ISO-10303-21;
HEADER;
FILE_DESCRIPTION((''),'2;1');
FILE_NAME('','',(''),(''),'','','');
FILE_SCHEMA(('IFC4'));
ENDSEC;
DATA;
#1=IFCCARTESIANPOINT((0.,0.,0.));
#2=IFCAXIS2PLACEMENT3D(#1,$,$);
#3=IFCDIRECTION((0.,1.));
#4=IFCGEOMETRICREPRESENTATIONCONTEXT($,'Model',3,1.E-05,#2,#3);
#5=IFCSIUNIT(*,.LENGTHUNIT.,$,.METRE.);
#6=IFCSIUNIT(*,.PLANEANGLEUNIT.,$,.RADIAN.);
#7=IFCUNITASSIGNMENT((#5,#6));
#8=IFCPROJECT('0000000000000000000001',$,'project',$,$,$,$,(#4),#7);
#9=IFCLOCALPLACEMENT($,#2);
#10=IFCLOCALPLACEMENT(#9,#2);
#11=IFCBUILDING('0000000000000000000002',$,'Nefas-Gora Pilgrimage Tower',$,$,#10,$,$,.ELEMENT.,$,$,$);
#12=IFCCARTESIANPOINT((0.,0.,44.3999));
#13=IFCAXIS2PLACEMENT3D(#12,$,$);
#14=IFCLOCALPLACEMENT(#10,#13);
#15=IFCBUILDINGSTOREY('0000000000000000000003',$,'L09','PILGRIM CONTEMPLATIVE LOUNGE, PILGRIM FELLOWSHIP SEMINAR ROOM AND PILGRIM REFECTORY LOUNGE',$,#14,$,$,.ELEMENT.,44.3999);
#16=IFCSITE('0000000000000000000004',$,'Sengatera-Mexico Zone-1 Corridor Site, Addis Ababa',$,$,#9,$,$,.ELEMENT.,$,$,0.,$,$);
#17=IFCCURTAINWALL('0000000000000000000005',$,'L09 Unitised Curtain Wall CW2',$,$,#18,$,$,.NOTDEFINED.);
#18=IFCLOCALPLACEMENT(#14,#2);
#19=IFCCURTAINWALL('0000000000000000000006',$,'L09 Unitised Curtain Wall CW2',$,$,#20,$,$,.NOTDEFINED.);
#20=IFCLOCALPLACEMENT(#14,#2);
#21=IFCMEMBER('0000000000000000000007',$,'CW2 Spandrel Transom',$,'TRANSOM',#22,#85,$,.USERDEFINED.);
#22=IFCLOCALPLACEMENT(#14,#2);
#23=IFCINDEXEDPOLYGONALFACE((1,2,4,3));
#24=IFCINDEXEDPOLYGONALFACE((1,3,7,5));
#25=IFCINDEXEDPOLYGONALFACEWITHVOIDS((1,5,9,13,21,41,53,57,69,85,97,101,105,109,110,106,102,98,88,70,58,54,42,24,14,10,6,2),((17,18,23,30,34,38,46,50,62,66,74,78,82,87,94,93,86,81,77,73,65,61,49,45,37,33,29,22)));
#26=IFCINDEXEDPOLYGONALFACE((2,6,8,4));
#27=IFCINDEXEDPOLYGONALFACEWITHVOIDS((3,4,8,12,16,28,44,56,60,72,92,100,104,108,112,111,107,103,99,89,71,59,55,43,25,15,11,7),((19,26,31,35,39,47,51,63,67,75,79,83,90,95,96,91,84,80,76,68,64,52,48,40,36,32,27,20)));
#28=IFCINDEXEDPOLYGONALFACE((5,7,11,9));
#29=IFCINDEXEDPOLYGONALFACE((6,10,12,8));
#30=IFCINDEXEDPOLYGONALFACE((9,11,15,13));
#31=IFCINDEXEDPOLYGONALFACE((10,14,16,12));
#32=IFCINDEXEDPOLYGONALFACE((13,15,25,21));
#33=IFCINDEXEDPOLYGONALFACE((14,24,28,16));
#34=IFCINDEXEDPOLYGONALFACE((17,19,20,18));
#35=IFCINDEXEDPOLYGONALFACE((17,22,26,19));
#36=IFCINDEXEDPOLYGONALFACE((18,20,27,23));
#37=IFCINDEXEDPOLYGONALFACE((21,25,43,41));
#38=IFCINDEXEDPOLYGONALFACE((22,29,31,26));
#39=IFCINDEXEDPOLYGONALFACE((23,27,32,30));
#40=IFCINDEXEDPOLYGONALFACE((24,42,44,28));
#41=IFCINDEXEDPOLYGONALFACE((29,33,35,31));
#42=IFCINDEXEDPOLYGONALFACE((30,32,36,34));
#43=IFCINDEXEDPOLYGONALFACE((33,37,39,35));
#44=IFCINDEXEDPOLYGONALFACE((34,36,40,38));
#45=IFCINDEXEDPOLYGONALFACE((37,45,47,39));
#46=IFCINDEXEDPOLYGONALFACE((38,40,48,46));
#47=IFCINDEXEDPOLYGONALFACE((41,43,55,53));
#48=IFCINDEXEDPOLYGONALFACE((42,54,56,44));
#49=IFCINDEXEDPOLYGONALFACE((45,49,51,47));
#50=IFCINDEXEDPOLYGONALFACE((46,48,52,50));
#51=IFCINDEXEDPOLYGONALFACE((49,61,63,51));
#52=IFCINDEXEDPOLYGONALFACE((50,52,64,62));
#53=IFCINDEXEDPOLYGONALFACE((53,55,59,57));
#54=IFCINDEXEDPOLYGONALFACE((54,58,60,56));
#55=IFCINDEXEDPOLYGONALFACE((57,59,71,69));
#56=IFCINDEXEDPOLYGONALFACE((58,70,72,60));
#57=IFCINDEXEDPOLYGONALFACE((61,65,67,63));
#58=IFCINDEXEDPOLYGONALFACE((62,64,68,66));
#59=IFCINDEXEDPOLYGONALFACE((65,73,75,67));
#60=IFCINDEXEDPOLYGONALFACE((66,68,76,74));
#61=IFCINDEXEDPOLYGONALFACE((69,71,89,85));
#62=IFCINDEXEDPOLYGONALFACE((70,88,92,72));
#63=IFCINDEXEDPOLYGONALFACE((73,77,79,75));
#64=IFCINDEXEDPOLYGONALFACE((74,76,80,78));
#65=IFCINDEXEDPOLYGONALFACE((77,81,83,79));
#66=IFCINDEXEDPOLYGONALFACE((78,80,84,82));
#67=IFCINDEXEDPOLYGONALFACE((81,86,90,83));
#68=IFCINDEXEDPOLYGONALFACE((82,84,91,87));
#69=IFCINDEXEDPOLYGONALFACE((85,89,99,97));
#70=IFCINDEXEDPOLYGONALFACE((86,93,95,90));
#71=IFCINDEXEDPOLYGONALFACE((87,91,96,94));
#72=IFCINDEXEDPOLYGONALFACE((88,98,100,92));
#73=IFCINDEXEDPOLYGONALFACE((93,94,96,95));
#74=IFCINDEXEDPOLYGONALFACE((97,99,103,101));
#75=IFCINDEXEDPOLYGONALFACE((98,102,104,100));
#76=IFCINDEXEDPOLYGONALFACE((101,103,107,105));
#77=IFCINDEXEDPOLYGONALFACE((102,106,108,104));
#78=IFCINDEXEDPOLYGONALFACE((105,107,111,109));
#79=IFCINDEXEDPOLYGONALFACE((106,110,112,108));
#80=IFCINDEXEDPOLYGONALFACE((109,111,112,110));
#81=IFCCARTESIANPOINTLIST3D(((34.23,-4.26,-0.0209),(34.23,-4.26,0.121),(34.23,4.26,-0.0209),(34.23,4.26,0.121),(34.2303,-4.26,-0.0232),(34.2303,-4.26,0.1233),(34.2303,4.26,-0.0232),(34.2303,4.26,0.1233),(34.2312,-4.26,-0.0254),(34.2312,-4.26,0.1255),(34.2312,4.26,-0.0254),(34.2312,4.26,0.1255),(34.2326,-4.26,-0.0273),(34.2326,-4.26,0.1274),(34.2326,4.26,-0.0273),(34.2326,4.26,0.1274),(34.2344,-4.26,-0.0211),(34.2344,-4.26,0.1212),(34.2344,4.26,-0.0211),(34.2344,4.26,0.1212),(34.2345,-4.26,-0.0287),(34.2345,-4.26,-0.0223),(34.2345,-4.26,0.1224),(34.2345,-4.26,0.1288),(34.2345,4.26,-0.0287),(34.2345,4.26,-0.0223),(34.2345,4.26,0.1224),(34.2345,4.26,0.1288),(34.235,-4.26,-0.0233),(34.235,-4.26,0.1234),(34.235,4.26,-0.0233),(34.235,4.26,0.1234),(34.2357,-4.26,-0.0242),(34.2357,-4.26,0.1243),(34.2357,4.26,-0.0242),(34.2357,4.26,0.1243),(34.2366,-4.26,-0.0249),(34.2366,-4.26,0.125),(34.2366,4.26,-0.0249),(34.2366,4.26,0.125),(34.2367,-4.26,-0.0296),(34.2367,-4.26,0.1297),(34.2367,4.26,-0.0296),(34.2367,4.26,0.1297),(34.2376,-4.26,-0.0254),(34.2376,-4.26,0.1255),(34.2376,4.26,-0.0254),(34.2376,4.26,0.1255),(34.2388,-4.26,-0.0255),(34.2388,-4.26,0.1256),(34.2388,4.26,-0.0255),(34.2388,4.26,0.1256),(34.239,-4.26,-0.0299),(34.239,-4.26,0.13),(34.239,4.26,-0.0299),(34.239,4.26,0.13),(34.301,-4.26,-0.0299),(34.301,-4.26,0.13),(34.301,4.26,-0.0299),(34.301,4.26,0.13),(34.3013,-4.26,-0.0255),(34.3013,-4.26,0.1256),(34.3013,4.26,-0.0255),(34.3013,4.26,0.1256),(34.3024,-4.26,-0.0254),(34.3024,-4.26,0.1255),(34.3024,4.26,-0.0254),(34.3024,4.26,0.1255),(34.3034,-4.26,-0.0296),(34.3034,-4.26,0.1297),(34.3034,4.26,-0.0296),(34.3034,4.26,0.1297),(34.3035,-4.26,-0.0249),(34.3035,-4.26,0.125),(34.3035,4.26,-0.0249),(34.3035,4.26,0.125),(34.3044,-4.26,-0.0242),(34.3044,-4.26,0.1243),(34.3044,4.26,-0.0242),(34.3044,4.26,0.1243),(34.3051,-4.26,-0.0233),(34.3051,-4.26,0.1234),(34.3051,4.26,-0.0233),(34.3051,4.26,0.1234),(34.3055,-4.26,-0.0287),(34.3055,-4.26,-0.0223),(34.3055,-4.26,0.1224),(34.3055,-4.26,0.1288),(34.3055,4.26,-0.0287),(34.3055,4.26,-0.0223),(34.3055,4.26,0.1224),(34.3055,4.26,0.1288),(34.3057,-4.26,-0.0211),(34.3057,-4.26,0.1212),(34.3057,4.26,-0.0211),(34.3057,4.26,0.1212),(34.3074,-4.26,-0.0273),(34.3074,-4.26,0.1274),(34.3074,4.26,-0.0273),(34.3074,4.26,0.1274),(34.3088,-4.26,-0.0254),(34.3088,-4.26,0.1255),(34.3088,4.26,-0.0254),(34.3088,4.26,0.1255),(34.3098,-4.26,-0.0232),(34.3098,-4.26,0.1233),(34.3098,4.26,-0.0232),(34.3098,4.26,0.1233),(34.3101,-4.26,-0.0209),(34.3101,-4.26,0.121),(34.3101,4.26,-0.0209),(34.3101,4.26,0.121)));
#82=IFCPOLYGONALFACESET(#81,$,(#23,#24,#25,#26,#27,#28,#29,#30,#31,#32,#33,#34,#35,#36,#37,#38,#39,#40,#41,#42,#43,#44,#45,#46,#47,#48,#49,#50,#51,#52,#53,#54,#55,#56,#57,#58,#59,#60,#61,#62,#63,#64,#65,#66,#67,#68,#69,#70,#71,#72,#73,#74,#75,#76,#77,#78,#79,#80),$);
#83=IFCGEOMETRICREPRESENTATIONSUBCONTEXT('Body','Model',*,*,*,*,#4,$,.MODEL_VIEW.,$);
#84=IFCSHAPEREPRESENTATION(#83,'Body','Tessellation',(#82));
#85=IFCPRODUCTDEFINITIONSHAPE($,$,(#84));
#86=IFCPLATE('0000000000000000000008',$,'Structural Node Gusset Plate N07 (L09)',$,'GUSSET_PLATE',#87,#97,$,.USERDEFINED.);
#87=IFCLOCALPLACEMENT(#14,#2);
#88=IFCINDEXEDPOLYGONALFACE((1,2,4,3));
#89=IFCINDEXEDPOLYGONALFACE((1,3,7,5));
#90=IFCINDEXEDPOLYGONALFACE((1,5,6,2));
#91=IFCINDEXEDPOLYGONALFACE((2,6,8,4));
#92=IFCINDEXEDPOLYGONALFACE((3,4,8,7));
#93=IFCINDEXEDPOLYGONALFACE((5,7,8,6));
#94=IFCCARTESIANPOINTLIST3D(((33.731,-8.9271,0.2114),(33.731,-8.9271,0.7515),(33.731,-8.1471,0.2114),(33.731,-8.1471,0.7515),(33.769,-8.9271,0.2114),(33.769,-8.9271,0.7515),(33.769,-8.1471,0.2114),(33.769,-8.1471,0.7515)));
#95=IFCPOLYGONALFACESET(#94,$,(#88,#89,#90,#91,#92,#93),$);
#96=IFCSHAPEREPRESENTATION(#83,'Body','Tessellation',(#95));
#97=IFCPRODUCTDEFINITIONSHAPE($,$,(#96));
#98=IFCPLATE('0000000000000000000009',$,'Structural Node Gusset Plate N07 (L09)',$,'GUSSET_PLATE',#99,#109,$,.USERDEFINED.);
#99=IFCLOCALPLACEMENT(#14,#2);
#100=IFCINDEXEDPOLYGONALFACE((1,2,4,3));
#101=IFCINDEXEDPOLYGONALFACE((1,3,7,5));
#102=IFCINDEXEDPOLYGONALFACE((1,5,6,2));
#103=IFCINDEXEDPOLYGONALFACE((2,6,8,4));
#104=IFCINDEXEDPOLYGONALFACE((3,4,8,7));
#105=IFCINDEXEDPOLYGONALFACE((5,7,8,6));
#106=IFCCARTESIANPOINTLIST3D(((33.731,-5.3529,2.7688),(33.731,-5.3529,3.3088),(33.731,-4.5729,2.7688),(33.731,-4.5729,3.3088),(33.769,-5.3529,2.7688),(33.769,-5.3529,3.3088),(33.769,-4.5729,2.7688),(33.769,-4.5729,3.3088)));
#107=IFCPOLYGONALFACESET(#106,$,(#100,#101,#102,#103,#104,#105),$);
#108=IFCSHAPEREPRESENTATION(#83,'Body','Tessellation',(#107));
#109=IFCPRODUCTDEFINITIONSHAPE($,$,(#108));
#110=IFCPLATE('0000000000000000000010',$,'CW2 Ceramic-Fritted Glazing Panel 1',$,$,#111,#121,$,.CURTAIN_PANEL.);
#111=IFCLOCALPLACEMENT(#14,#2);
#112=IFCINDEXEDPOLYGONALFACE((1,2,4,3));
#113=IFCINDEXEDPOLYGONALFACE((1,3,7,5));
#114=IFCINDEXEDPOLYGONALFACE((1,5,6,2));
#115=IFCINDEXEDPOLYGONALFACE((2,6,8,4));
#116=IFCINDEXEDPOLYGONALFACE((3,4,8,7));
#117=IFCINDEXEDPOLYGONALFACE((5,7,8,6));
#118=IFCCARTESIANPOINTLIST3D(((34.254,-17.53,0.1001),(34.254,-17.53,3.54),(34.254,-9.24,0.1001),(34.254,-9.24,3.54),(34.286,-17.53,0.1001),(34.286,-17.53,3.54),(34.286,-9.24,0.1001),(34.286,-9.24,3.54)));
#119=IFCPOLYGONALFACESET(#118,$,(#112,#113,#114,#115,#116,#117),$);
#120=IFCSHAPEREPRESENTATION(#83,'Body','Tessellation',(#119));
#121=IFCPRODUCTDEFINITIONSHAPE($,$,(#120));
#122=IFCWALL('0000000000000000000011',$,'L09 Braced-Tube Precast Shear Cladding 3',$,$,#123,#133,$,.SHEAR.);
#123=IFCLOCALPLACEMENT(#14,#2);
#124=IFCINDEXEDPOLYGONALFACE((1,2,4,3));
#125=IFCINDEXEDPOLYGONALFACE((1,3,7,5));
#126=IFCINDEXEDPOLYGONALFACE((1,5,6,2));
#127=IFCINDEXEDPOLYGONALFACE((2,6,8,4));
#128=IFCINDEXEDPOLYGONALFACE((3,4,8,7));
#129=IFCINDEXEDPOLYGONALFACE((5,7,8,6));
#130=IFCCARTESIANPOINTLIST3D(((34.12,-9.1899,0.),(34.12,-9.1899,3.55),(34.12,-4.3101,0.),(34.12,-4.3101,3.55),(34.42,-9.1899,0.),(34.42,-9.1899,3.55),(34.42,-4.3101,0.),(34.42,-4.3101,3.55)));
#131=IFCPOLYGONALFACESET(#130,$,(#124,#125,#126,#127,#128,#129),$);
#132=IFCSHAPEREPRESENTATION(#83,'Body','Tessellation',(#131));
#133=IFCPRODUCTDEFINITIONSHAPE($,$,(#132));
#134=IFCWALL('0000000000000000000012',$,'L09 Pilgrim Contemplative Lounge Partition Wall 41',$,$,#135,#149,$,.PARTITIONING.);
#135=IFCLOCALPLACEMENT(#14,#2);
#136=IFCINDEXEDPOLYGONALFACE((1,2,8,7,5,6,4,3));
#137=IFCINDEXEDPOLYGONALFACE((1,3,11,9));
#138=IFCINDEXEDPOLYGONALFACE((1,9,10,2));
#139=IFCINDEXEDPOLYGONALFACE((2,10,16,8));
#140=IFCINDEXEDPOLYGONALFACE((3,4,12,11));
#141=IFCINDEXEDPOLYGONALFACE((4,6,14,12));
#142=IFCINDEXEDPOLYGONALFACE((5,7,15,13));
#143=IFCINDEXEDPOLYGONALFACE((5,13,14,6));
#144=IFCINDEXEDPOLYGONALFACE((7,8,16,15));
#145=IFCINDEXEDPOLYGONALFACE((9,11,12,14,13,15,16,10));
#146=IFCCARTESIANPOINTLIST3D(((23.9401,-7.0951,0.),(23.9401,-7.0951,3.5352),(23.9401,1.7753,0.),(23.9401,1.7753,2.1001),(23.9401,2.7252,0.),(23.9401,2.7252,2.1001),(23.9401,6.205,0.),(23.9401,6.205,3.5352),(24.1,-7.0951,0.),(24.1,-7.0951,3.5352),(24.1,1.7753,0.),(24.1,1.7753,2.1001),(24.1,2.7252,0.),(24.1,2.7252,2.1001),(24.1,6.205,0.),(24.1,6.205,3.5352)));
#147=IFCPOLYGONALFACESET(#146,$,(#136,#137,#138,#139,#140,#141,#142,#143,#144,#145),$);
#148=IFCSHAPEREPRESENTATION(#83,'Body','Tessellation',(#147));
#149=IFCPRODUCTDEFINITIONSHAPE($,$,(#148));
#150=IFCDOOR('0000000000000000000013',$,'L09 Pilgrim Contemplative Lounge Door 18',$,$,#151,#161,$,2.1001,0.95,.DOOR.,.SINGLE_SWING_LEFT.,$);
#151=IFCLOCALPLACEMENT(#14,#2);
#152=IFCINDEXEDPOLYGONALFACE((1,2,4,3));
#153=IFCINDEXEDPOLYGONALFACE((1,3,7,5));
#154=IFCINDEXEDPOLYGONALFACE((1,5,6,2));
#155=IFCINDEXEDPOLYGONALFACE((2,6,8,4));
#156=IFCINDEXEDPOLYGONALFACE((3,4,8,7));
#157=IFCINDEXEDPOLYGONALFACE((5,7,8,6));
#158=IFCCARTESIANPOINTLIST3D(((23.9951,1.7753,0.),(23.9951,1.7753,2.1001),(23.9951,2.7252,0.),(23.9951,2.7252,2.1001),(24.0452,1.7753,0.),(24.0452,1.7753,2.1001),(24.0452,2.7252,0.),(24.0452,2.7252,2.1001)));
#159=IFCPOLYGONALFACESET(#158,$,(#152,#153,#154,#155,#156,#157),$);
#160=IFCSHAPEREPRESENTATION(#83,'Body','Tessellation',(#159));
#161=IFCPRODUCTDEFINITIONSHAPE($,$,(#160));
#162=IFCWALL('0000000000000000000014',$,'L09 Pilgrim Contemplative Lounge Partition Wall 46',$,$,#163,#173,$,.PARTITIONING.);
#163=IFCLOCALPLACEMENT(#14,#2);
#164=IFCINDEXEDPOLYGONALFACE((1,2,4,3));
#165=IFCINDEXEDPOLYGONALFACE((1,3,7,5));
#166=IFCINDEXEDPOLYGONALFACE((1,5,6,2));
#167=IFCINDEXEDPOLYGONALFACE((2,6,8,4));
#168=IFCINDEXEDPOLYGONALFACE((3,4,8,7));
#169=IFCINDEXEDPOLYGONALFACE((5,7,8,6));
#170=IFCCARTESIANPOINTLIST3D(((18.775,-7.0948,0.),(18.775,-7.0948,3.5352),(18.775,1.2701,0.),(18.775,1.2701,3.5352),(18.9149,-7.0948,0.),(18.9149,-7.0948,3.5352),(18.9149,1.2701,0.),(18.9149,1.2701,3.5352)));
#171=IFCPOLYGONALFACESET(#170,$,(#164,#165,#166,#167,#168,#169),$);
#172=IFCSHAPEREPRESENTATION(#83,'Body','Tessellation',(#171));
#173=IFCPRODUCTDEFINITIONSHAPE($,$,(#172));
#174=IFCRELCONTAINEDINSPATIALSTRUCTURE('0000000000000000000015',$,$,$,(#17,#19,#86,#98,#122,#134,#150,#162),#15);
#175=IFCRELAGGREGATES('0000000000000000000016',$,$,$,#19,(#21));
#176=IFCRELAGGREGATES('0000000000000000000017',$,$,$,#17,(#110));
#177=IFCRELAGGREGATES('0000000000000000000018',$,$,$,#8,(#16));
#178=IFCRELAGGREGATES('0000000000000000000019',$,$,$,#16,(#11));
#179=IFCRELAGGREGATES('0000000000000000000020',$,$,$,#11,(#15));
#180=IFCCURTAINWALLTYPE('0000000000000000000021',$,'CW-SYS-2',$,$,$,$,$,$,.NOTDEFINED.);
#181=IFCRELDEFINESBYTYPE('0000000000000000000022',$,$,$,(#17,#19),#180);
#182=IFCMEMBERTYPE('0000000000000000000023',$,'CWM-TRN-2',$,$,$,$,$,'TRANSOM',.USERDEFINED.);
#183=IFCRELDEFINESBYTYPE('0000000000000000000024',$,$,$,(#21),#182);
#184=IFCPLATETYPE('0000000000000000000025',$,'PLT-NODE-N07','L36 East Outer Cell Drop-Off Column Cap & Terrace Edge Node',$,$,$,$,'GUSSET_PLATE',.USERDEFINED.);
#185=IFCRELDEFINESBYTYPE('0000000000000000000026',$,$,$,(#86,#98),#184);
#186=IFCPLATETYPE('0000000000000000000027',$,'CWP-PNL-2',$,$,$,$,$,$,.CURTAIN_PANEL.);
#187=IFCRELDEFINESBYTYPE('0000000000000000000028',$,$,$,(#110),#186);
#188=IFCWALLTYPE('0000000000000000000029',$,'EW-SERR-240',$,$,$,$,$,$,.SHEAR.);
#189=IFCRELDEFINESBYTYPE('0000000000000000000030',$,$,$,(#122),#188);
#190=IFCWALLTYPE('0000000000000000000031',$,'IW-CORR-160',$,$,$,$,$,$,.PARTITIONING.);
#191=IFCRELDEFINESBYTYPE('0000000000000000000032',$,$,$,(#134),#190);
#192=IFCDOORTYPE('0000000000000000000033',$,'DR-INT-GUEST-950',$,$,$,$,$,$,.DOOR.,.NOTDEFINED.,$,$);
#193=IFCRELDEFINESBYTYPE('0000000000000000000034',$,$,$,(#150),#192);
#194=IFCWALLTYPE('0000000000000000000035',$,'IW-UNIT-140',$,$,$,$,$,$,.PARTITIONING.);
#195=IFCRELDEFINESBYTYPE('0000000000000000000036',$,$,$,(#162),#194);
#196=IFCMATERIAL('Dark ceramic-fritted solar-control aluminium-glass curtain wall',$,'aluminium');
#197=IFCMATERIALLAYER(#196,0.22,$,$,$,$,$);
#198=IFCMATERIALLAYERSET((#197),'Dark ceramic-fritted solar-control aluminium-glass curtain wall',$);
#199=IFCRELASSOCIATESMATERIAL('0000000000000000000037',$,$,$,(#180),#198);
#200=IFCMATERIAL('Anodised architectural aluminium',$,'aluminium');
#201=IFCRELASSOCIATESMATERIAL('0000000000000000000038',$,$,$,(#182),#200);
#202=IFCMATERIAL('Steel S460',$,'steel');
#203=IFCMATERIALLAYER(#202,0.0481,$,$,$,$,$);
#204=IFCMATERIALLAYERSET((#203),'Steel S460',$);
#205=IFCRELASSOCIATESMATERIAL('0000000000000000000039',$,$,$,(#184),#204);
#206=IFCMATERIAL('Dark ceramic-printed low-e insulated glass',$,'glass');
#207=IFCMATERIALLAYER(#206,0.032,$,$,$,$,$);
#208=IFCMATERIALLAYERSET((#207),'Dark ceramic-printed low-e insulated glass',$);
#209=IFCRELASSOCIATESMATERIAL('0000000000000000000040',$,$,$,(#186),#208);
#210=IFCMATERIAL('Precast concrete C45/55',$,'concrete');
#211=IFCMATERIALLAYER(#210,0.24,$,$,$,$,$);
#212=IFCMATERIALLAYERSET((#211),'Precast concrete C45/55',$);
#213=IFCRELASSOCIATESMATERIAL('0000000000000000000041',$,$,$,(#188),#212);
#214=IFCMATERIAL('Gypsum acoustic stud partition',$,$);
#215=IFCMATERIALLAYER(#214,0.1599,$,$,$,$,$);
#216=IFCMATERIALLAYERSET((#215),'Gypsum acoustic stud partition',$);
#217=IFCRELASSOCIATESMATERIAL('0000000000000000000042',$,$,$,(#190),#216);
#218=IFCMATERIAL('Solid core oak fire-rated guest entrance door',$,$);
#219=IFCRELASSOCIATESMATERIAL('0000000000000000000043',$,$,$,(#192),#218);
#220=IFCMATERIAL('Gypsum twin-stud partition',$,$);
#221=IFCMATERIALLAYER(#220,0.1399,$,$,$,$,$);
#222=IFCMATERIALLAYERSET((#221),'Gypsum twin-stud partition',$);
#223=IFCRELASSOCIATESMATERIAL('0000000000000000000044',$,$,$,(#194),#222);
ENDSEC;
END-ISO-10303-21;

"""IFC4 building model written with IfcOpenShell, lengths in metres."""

from ifc_helpers import new_model, si_unit, direction, frame, frame_2d, origin, origin_2d, place, context, subcontext, project, spatial, rectangle, hollow_rectangle, extrude, source, transform, mapped, material, layer, layer_set, material_profile, profile_set, type_object, element, fill, aggregate, save


model = new_model("IFC4")

# Units and contexts
model_context = context("Model", 3, precision=1e-05, world=origin(), true_north=direction((0.0, 1.0)))
body_context = subcontext(model_context, "Body", "Model", "MODEL_VIEW")
ifc_project = project(units=[si_unit("LENGTHUNIT", "METRE"), si_unit("PLANEANGLEUNIT", "RADIAN")], contexts=[model_context])

# Site, building, storey
site_placement = place(None, origin())
site = spatial("IfcSite", under=ifc_project, at=site_placement, Name="Sengatera-Mexico Zone-1 Corridor Site, Addis Ababa", CompositionType="ELEMENT", RefElevation=0.0)
building_placement = place(site_placement, origin())
building = spatial("IfcBuilding", under=site, at=building_placement, Name="Nefas-Gora Pilgrimage Tower", CompositionType="ELEMENT")
storey_placement = place(building_placement, frame((0.0, 0.0, 44.3999)))
storey = spatial("IfcBuildingStorey", under=building, at=storey_placement, Name="L09", Description="PILGRIM CONTEMPLATIVE LOUNGE, PILGRIM FELLOWSHIP SEMINAR ROOM AND PILGRIM REFECTORY LOUNGE", CompositionType="ELEMENT", Elevation=44.3999)

# Shared definitions
ifc_material_1 = material(Name="Steel S460", Category="steel")

# Curtain wall
ifc_material_2 = material(Name="Dark ceramic-fritted solar-control aluminium-glass curtain wall", Category="aluminium")
ifc_layer_1 = layer(ifc_material_2, 0.22)
ifc_layer_set_1 = layer_set([ifc_layer_1], Name="Dark ceramic-fritted solar-control aluminium-glass curtain wall")
curtain_wall_type = type_object("IfcCurtainWallType", Name="CW-SYS-2", PredefinedType="NOTDEFINED", material=ifc_layer_set_1)
curtain_wall_1_placement = place(storey_placement, origin())
curtain_wall_1 = element("IfcCurtainWall", 1, at=curtain_wall_1_placement, inside=storey, type_object=curtain_wall_type, Name="L09 Unitised Curtain Wall CW2", PredefinedType="NOTDEFINED")
ifc_material_3 = material(Name="Anodised architectural aluminium", Category="aluminium")

# Curtain wall, member
curtain_wall_2_placement = place(storey_placement, origin())
curtain_wall_2 = element("IfcCurtainWall", 2, at=curtain_wall_2_placement, inside=storey, type_object=curtain_wall_type, Name="L09 Unitised Curtain Wall CW2", PredefinedType="NOTDEFINED")
ifc_material_profile_1 = material_profile(ifc_material_3, hollow_rectangle(XDim=0.0801, YDim=0.1599, WallThickness=0.0044, InnerFilletRadius=0.0044, OuterFilletRadius=0.009, at=origin_2d()), Name="ALU TRANSOM 80x160")
ifc_profile_set_1 = profile_set([ifc_material_profile_1], Name="Anodised architectural aluminium")
member_type_1 = type_object("IfcMemberType", Name="CWM-TRN-2", ElementType="TRANSOM", PredefinedType="USERDEFINED", material=ifc_profile_set_1)
shared_shape_1 = source(origin(), body_context, "Body", "SweptSolid", [
    extrude(hollow_rectangle(XDim=0.0801, YDim=0.1599, WallThickness=0.0044, InnerFilletRadius=0.0044, OuterFilletRadius=0.009, at=origin_2d()), origin(), (0.0, 0.0, 1.0), 8.52),
])
member_1_placement = place(storey_placement, frame((34.27, -4.26, 0.05), z_axis=(0.0, 1.0, 0.0), x_axis=(-1.0, 0.0, 0.0)))
member_1 = element("IfcMember", 3, at=member_1_placement, type_object=member_type_1, Name="CW2 Spandrel Transom", ObjectType="TRANSOM", PredefinedType="USERDEFINED", context=body_context, shape_type="MappedRepresentation", body=[
    mapped(shared_shape_1, transform((0.0, 0.0, 0.0), x_axis=(1.0, 0.0, 0.0), y_axis=(0.0, 1.0, 0.0), z_axis=(0.0, 0.0, 1.0), scale=1.0)),
])
aggregate(curtain_wall_2, [member_1])

# Plates
ifc_layer_2 = layer(ifc_material_1, 0.0481)
ifc_layer_set_2 = layer_set([ifc_layer_2], Name="Steel S460")
plate_type_1 = type_object("IfcPlateType", Name="PLT-NODE-N07", Description="L36 East Outer Cell Drop-Off Column Cap & Terrace Edge Node", ElementType="GUSSET_PLATE", PredefinedType="USERDEFINED", material=ifc_layer_set_2)
shared_shape_2 = source(origin(), body_context, "Body", "SweptSolid", [
    extrude(rectangle(XDim=0.78, YDim=0.0381, at=origin_2d()), origin(), (0.0, 0.0, 1.0), 0.54),
])
for number, where, z_axis, x_axis, name in (
    (4, (33.75, -8.5371, 0.2114), (0.0, 0.0, 1.0), (0.0, 1.0, 0.0), "Structural Node Gusset Plate N07 (L09)"),
    (5, (33.75, -4.9629, 2.7688), (0.0, 0.0, 1.0), (0.0, 1.0, 0.0), "Structural Node Gusset Plate N07 (L09)"),
):
    element("IfcPlate", number, at=place(storey_placement, frame(where, z_axis=z_axis, x_axis=x_axis)), inside=storey, type_object=plate_type_1, Name=name, ObjectType="GUSSET_PLATE", PredefinedType="USERDEFINED", context=body_context, shape_type="MappedRepresentation", body=[
        mapped(shared_shape_2, transform((0.0, 0.0, 0.0), x_axis=(1.0, 0.0, 0.0), y_axis=(0.0, 1.0, 0.0), z_axis=(0.0, 0.0, 1.0), scale=1.0)),
    ])

# Plate
ifc_material_4 = material(Name="Dark ceramic-printed low-e insulated glass", Category="glass")
ifc_layer_3 = layer(ifc_material_4, 0.032)
ifc_layer_set_3 = layer_set([ifc_layer_3], Name="Dark ceramic-printed low-e insulated glass")
plate_type_2 = type_object("IfcPlateType", Name="CWP-PNL-2", PredefinedType="CURTAIN_PANEL", material=ifc_layer_set_3)
shared_shape_3 = source(origin(), body_context, "Body", "SweptSolid", [
    extrude(rectangle(XDim=8.29, YDim=0.032, at=origin_2d()), origin(), (0.0, 0.0, 1.0), 3.4399),
])
plate_placement = place(storey_placement, frame((34.27, -13.385, 0.1001), z_axis=(0.0, 0.0, 1.0), x_axis=(0.0, 1.0, 0.0)))
plate = element("IfcPlate", 6, at=plate_placement, type_object=plate_type_2, Name="CW2 Ceramic-Fritted Glazing Panel 1", PredefinedType="CURTAIN_PANEL", context=body_context, shape_type="MappedRepresentation", body=[
    mapped(shared_shape_3, transform((0.0, 0.0, 0.0), x_axis=(1.0, 0.0, 0.0), y_axis=(0.0, 1.0, 0.0), z_axis=(0.0, 0.0, 1.0), scale=1.0)),
])
aggregate(curtain_wall_1, [plate])

# Wall
ifc_material_5 = material(Name="Precast concrete C45/55", Category="concrete")
ifc_layer_4 = layer(ifc_material_5, 0.24)
ifc_layer_set_4 = layer_set([ifc_layer_4], Name="Precast concrete C45/55")
wall_type_1 = type_object("IfcWallType", Name="EW-SERR-240", PredefinedType="SHEAR", material=ifc_layer_set_4)
shared_shape_4 = source(origin(), body_context, "Body", "SweptSolid", [
    extrude(rectangle(XDim=4.8799, YDim=0.3, at=frame_2d((2.4399, 0.0))), origin(), (0.0, 0.0, 1.0), 3.55),
])
wall_1_placement = place(storey_placement, frame((34.27, -9.1899, 0.0), z_axis=(0.0, 0.0, 1.0), x_axis=(0.0, 1.0, 0.0)))
element("IfcWall", 7, at=wall_1_placement, inside=storey, type_object=wall_type_1, Name="L09 Braced-Tube Precast Shear Cladding 3", PredefinedType="SHEAR", context=body_context, shape_type="MappedRepresentation", body=[
    mapped(shared_shape_4, transform((0.0, 0.0, 0.0), x_axis=(1.0, 0.0, 0.0), y_axis=(0.0, 1.0, 0.0), z_axis=(0.0, 0.0, 1.0), scale=1.0)),
])

# Wall, opening, door
ifc_material_6 = material(Name="Gypsum acoustic stud partition")
ifc_layer_5 = layer(ifc_material_6, 0.1599)
ifc_layer_set_5 = layer_set([ifc_layer_5], Name="Gypsum acoustic stud partition")
wall_type_2 = type_object("IfcWallType", Name="IW-CORR-160", PredefinedType="PARTITIONING", material=ifc_layer_set_5)
shared_shape_5 = source(origin(), body_context, "Body", "SweptSolid", [
    extrude(rectangle(XDim=13.3, YDim=0.1599, at=frame_2d((6.6499, 0.0))), origin(), (0.0, 0.0, 1.0), 3.5352),
])
wall_2_placement = place(storey_placement, frame((24.02, -7.095, 0.0), z_axis=(0.0, 0.0, 1.0), x_axis=(0.0, 1.0, 0.0)))
wall_2 = element("IfcWall", 8, at=wall_2_placement, inside=storey, type_object=wall_type_2, Name="L09 Pilgrim Contemplative Lounge Partition Wall 41", PredefinedType="PARTITIONING", context=body_context, shape_type="MappedRepresentation", body=[
    mapped(shared_shape_5, transform((0.0, 0.0, 0.0), x_axis=(1.0, 0.0, 0.0), y_axis=(0.0, 1.0, 0.0), z_axis=(0.0, 0.0, 1.0), scale=1.0)),
])
opening_placement = place(wall_2_placement, frame((8.8701, 0.0, 0.0)))
opening = element("IfcOpeningElement", 9, at=opening_placement, cuts=wall_2, PredefinedType="OPENING", context=body_context, shape_type="SweptSolid", body=[
    extrude(rectangle(XDim=0.95, YDim=2.1001, at=frame_2d((0.4751, 1.05))), frame((0.0, 0.0898, 0.0), z_axis=(0.0, -1.0, 0.0), x_axis=(1.0, 0.0, 0.0)), (0.0, 0.0, 1.0), 0.1799),
])
ifc_material_7 = material(Name="Solid core oak fire-rated guest entrance door")
door_type = type_object("IfcDoorType", Name="DR-INT-GUEST-950", OperationType="NOTDEFINED", PredefinedType="DOOR", material=ifc_material_7)
shared_shape_6 = source(origin(), body_context, "Body", "SweptSolid", [
    extrude(rectangle(XDim=0.95, YDim=2.1001, at=frame_2d((0.4751, 1.05))), frame((0.0, 0.0249, 0.0), z_axis=(0.0, -1.0, 0.0), x_axis=(1.0, 0.0, 0.0)), (0.0, 0.0, 1.0), 0.05),
])
door_placement = place(opening_placement, origin())
door = element("IfcDoor", 10, at=door_placement, inside=storey, type_object=door_type, Name="L09 Pilgrim Contemplative Lounge Door 18", OperationType="SINGLE_SWING_LEFT", OverallHeight=2.1001, OverallWidth=0.95, PredefinedType="DOOR", context=body_context, shape_type="MappedRepresentation", body=[
    mapped(shared_shape_6, transform((0.0, 0.0, 0.0), x_axis=(1.0, 0.0, 0.0), y_axis=(0.0, 1.0, 0.0), z_axis=(0.0, 0.0, 1.0), scale=1.0)),
])
fill(opening, door)

# Wall
ifc_material_8 = material(Name="Gypsum twin-stud partition")
ifc_layer_6 = layer(ifc_material_8, 0.1399)
ifc_layer_set_6 = layer_set([ifc_layer_6], Name="Gypsum twin-stud partition")
wall_type_3 = type_object("IfcWallType", Name="IW-UNIT-140", PredefinedType="PARTITIONING", material=ifc_layer_set_6)
shared_shape_7 = source(origin(), body_context, "Body", "SweptSolid", [
    extrude(rectangle(XDim=8.365, YDim=0.1399, at=frame_2d((4.1826, 0.0))), origin(), (0.0, 0.0, 1.0), 3.5352),
])
wall_3_placement = place(storey_placement, frame((18.845, -7.095, 0.0), z_axis=(0.0, 0.0, 1.0), x_axis=(0.0, 1.0, 0.0)))
element("IfcWall", 11, at=wall_3_placement, inside=storey, type_object=wall_type_3, Name="L09 Pilgrim Contemplative Lounge Partition Wall 46", PredefinedType="PARTITIONING", context=body_context, shape_type="MappedRepresentation", body=[
    mapped(shared_shape_7, transform((0.0, 0.0, 0.0), x_axis=(1.0, 0.0, 0.0), y_axis=(0.0, 1.0, 0.0), z_axis=(0.0, 0.0, 1.0), scale=1.0)),
])

save(model, "model.ifc")
